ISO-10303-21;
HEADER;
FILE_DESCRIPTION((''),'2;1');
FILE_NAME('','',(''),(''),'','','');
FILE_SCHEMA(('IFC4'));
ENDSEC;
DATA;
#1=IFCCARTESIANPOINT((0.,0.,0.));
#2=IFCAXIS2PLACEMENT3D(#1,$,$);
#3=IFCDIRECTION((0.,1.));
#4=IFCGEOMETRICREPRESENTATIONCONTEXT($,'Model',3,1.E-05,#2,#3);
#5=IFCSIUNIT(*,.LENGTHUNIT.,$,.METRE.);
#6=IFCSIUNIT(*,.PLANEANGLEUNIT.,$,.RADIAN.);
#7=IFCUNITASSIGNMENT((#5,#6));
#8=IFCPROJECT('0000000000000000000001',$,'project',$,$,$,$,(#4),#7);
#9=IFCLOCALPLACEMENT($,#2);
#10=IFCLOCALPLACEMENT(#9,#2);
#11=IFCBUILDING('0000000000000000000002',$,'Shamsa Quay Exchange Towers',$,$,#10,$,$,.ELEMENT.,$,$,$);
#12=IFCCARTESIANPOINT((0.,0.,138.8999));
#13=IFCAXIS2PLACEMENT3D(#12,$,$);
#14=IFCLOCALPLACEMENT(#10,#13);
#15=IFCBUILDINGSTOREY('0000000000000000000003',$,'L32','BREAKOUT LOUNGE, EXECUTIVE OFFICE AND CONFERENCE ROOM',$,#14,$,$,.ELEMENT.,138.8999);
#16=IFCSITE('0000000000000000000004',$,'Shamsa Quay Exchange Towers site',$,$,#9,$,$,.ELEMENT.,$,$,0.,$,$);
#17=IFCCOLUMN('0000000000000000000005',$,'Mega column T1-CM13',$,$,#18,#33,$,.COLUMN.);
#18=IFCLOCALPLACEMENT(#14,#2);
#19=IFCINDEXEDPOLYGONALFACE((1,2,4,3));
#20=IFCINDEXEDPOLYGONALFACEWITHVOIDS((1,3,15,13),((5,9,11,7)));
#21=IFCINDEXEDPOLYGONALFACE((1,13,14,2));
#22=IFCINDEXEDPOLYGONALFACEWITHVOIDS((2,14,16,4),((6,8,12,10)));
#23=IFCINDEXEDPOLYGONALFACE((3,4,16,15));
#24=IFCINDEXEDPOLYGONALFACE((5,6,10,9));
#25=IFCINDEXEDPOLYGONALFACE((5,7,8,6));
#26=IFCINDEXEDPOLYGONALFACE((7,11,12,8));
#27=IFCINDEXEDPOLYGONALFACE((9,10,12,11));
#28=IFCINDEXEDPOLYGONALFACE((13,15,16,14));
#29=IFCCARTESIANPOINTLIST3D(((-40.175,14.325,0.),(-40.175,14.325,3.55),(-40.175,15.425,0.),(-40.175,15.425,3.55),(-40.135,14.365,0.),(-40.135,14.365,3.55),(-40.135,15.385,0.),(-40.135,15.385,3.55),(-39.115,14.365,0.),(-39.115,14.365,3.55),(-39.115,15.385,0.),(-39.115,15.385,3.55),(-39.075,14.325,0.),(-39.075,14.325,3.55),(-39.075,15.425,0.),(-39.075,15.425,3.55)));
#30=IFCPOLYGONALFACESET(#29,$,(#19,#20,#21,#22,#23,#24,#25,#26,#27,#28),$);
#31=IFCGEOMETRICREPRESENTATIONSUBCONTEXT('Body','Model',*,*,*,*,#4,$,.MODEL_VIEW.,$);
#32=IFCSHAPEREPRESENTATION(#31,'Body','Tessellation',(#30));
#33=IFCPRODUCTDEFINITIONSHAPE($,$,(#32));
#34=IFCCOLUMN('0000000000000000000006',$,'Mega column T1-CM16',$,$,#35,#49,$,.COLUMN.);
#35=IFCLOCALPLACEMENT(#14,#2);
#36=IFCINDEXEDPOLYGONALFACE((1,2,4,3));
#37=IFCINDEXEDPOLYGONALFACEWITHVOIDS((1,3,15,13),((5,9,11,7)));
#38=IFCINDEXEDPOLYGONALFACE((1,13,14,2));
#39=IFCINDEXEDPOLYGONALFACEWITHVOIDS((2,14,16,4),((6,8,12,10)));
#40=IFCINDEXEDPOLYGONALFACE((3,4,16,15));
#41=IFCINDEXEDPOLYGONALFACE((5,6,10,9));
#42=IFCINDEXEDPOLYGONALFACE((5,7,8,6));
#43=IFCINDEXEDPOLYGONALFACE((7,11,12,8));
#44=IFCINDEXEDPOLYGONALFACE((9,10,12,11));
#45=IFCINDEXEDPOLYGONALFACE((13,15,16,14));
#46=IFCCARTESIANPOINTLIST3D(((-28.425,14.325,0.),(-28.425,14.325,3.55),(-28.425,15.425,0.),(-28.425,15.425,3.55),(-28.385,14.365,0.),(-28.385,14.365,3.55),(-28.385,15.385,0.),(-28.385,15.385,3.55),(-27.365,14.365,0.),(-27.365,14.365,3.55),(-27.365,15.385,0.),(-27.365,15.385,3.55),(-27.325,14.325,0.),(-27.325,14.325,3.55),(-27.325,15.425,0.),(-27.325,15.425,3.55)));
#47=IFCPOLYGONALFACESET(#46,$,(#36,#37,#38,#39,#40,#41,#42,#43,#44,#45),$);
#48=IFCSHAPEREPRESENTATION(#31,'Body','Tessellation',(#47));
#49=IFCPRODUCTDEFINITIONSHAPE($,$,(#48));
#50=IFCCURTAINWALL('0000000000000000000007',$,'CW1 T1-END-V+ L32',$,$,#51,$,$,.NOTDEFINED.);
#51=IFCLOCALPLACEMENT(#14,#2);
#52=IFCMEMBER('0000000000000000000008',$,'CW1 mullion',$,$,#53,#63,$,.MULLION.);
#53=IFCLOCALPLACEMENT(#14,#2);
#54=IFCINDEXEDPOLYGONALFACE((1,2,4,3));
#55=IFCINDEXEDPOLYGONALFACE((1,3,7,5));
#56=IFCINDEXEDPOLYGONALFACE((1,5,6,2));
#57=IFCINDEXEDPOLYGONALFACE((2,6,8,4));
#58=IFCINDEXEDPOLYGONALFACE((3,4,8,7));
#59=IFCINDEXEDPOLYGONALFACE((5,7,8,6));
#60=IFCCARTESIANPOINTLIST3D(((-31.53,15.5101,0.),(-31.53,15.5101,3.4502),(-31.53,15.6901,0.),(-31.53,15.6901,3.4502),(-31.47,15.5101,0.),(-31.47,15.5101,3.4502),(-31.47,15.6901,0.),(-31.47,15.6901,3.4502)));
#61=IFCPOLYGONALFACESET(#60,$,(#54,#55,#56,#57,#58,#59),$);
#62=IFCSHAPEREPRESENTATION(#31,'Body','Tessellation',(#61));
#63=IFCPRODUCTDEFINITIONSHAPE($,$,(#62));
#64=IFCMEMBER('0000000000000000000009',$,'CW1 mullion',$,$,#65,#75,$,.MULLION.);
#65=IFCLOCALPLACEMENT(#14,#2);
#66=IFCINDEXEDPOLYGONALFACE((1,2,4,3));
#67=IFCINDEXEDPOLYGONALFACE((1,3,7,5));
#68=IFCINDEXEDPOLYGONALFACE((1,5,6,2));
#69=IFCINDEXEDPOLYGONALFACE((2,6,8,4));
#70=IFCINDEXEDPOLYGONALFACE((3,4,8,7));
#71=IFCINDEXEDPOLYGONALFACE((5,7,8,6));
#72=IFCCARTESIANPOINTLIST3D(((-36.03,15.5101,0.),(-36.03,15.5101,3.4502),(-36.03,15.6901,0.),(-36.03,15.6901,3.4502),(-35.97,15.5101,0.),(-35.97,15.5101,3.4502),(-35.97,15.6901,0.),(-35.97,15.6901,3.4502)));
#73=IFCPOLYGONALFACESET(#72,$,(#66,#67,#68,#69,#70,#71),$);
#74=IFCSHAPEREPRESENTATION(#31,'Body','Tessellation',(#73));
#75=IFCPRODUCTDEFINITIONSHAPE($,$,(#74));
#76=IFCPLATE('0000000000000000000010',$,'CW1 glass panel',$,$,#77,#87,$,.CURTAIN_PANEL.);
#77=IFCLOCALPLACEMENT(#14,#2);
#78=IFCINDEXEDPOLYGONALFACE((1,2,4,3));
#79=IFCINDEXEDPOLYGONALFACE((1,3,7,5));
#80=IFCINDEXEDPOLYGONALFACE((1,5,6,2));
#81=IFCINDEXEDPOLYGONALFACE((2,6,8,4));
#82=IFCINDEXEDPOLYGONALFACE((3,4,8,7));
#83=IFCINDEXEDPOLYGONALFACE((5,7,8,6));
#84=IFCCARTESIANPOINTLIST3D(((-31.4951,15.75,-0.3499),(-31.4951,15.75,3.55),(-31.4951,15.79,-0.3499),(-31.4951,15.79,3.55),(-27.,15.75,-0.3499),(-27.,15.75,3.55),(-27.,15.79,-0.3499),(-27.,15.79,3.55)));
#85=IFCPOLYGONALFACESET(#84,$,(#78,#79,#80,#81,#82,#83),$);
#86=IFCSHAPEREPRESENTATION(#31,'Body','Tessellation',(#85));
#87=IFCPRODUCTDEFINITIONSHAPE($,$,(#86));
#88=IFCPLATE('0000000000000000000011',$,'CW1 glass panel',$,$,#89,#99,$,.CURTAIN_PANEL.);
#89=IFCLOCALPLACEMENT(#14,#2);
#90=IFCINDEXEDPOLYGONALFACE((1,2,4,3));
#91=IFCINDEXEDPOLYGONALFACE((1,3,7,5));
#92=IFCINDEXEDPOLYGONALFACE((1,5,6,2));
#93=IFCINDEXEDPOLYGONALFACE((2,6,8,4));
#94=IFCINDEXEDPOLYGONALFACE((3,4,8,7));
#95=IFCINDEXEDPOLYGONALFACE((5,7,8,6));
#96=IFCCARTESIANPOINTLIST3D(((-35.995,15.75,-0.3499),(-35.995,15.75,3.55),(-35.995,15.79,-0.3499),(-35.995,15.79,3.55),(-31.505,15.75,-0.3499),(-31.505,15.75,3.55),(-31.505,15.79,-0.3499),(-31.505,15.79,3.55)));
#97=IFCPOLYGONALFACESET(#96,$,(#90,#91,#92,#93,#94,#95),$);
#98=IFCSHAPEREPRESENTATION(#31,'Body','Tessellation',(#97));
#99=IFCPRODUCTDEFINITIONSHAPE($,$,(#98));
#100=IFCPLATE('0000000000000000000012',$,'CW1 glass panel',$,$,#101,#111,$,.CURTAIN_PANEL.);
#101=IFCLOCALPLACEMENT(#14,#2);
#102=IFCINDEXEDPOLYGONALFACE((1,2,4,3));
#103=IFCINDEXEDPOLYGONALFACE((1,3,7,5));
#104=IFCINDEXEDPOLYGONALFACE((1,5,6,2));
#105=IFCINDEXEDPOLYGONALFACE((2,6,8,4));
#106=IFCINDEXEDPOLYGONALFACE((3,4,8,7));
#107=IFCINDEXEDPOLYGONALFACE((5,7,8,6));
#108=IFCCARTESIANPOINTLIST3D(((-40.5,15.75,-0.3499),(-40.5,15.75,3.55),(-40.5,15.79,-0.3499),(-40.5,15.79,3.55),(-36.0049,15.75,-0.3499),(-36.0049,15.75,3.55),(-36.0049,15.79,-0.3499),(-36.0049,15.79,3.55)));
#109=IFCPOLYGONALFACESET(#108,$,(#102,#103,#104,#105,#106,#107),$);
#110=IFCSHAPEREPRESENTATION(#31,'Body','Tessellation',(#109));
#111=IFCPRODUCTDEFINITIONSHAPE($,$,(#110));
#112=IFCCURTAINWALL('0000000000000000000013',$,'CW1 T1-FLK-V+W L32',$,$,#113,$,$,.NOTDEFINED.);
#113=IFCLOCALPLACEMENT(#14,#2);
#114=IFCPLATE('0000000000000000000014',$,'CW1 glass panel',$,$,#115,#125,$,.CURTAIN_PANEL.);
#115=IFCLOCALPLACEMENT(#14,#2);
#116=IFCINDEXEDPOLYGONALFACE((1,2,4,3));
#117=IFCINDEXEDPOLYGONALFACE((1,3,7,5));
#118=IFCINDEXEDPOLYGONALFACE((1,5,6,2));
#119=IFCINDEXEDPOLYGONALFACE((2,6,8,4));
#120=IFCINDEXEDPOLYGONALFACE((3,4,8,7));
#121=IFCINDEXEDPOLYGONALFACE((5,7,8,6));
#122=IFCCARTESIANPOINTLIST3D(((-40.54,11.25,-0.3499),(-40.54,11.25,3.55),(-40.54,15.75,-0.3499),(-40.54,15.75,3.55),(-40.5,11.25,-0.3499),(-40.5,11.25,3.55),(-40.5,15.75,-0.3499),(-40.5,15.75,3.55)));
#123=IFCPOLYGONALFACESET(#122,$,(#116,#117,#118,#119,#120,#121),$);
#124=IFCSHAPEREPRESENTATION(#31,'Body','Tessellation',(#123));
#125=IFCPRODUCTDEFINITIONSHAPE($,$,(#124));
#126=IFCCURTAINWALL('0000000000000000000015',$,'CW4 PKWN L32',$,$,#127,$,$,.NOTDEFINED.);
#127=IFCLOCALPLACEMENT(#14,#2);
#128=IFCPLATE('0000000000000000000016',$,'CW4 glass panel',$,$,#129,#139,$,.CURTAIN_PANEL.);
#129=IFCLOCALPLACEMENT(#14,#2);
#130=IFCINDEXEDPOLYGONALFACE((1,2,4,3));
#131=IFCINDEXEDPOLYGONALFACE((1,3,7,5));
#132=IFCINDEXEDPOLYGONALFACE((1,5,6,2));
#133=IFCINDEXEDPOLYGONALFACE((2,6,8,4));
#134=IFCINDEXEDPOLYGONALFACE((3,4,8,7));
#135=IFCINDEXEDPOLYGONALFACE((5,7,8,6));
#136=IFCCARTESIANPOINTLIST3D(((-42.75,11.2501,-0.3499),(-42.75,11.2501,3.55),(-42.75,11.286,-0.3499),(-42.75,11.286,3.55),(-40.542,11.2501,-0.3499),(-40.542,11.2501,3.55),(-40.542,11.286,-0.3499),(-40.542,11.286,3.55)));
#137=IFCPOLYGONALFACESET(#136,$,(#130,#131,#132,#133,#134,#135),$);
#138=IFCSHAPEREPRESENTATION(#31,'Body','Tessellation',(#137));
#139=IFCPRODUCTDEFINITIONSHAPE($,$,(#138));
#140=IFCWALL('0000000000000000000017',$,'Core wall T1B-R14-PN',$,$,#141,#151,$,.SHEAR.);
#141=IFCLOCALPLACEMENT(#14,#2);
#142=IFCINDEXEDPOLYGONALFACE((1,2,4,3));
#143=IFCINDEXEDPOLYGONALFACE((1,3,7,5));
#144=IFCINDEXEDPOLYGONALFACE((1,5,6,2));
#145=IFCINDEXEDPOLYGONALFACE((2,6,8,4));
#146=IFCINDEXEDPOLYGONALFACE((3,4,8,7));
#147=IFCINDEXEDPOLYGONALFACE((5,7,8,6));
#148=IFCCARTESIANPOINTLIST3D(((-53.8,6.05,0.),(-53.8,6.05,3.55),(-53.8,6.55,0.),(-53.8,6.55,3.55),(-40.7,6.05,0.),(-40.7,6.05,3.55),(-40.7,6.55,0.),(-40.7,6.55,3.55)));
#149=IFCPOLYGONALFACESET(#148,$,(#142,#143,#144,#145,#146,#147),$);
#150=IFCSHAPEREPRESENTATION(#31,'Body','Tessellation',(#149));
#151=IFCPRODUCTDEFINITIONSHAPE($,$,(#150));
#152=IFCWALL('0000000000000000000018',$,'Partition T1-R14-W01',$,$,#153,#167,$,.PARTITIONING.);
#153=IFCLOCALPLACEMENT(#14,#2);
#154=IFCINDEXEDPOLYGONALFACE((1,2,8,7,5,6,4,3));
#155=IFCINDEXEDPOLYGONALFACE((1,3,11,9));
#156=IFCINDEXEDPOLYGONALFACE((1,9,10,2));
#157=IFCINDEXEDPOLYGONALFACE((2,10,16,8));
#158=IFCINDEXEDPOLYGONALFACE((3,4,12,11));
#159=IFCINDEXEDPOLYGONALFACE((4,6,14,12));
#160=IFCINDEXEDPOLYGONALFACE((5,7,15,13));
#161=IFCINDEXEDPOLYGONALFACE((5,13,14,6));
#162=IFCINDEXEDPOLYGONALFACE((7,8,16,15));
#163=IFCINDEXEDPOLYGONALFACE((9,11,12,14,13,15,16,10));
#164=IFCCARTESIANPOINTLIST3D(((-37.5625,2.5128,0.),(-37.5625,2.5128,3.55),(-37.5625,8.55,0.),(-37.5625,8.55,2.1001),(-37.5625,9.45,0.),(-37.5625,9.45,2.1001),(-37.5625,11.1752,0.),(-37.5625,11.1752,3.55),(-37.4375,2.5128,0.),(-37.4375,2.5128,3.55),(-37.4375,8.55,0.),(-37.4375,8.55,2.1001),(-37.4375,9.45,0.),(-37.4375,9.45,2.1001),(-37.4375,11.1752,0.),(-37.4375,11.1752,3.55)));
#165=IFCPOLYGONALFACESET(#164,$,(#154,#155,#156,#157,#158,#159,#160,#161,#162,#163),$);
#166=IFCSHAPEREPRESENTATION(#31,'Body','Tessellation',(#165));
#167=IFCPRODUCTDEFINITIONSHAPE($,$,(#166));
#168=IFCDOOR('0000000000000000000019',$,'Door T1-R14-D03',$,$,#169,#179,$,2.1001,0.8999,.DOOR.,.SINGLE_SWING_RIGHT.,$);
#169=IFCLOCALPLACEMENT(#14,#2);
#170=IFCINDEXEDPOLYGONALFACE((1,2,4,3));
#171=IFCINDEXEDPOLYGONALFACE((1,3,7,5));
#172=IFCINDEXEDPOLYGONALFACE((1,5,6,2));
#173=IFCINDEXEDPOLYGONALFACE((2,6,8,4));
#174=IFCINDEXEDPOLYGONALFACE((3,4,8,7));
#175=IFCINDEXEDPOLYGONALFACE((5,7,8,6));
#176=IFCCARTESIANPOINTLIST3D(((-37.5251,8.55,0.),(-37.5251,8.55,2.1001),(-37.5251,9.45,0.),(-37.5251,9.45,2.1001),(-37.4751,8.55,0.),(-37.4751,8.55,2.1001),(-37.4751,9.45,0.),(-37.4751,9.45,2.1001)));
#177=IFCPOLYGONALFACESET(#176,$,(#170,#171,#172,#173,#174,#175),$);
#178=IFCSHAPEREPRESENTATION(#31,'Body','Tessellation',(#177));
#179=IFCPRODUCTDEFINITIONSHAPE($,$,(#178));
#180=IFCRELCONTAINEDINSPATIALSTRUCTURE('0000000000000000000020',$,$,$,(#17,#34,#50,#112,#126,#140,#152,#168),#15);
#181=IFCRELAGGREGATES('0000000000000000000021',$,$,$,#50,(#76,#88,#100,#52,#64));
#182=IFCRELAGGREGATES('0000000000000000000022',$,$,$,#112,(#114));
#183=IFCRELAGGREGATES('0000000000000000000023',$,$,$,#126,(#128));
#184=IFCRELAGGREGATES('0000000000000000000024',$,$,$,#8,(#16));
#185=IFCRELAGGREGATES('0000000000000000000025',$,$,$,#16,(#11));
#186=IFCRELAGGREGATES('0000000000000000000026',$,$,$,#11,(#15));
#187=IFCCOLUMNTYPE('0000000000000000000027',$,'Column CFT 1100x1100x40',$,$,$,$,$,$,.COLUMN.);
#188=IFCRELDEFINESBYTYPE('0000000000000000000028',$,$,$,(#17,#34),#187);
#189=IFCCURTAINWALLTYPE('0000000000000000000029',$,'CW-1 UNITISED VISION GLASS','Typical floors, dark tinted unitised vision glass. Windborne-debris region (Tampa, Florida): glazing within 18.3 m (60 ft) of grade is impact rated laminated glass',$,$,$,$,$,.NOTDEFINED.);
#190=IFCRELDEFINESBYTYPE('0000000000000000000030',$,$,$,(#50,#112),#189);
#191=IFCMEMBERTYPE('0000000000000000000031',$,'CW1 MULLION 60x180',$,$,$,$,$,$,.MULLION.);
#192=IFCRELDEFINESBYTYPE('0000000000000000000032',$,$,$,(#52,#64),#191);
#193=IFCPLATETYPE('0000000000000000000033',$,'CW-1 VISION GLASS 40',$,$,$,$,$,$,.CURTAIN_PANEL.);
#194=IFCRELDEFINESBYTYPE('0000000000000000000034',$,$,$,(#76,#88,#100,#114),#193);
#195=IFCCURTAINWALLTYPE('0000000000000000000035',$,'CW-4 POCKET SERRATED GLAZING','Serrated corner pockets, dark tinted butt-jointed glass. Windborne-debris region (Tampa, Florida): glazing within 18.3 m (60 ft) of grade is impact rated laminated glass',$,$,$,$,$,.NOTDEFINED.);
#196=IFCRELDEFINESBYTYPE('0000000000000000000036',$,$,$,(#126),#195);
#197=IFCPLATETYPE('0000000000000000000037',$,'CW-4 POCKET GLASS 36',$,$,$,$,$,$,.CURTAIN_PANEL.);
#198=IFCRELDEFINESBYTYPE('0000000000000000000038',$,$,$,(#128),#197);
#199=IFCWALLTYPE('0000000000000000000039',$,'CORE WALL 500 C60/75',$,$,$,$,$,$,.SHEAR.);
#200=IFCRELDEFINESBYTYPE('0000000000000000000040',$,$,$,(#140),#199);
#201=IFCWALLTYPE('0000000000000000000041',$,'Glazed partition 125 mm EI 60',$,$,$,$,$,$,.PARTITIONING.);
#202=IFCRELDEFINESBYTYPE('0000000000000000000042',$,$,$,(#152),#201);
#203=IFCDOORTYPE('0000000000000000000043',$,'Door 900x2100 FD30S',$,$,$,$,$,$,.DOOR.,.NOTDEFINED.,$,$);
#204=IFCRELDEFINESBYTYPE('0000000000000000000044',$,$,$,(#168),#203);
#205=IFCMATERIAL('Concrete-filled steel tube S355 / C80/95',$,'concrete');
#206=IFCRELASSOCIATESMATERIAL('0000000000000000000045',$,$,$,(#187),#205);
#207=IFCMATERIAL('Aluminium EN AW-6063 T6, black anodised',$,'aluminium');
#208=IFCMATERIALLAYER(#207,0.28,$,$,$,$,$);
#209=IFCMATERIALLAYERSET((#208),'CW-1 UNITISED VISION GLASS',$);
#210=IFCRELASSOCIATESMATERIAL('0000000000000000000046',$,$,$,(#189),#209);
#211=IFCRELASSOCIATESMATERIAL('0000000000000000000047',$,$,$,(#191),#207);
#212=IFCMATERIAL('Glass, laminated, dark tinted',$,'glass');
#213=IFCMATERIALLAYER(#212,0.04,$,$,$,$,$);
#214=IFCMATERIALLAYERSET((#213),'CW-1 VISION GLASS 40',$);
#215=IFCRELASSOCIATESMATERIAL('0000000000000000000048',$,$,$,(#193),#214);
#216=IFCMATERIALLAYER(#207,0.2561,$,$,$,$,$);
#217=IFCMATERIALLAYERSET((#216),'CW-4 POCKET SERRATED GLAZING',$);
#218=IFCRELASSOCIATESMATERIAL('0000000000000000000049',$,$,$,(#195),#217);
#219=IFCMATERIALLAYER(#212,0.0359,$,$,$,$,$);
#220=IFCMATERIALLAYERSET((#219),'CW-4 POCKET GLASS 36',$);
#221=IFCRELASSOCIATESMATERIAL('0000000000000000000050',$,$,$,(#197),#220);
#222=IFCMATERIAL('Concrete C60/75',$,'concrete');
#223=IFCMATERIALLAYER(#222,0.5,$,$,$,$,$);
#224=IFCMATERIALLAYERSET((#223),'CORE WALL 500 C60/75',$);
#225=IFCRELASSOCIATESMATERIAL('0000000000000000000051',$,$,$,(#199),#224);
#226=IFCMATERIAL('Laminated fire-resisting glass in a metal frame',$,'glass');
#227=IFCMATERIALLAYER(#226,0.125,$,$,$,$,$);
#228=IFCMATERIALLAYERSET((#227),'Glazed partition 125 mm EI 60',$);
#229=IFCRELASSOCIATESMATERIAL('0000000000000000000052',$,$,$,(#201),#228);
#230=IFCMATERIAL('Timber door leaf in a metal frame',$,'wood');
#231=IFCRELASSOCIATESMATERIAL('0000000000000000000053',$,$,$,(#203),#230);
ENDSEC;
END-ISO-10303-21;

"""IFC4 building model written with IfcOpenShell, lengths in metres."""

from ifc_helpers import new_model, si_unit, direction, frame, frame_2d, origin, origin_2d, place, context, subcontext, project, spatial, rectangle, hollow_rectangle, extrude, material, layer, layer_set, material_profile, profile_set, type_object, element, fill, aggregate, save


model = new_model("IFC4")

# Units and contexts
model_context = context("Model", 3, precision=1e-05, world=origin(), true_north=direction((0.0, 1.0)))
body_context = subcontext(model_context, "Body", "Model", "MODEL_VIEW")
ifc_project = project(units=[si_unit("LENGTHUNIT", "METRE"), si_unit("PLANEANGLEUNIT", "RADIAN")], contexts=[model_context])

# Site, building, storey
site_placement = place(None, origin())
site = spatial("IfcSite", under=ifc_project, at=site_placement, Name="Shamsa Quay Exchange Towers site", CompositionType="ELEMENT", RefElevation=0.0)
building_placement = place(site_placement, origin())
building = spatial("IfcBuilding", under=site, at=building_placement, Name="Shamsa Quay Exchange Towers", CompositionType="ELEMENT")
storey_placement = place(building_placement, frame((0.0, 0.0, 138.8999)))
storey = spatial("IfcBuildingStorey", under=building, at=storey_placement, Name="L32", Description="BREAKOUT LOUNGE, EXECUTIVE OFFICE AND CONFERENCE ROOM", CompositionType="ELEMENT", Elevation=138.8999)

# Columns
ifc_material_1 = material(Name="Concrete-filled steel tube S355 / C80/95", Category="concrete")
ifc_material_profile_1 = material_profile(ifc_material_1, hollow_rectangle(XDim=1.1001, YDim=1.1001, WallThickness=0.04, at=origin_2d()), Name="CFT 1100x1100x40")
ifc_profile_set_1 = profile_set([ifc_material_profile_1], Name="Concrete-filled steel tube S355 / C80/95")
column_type = type_object("IfcColumnType", Name="Column CFT 1100x1100x40", PredefinedType="COLUMN", material=ifc_profile_set_1)
for number, where, name in (
    (1, (-39.625, 14.875, 0.0), "Mega column T1-CM13"),
    (2, (-27.875, 14.875, 0.0), "Mega column T1-CM16"),
):
    element("IfcColumn", number, at=place(storey_placement, frame(where)), inside=storey, type_object=column_type, Name=name, PredefinedType="COLUMN", context=body_context, shape_type="SweptSolid", body=[
        extrude(hollow_rectangle(XDim=1.1001, YDim=1.1001, WallThickness=0.04, at=origin_2d()), origin(), (0.0, 0.0, 1.0), 3.55),
    ])

# Curtain wall, members, plates
ifc_material_2 = material(Name="Aluminium EN AW-6063 T6, black anodised", Category="aluminium")
ifc_layer_1 = layer(ifc_material_2, 0.28)
ifc_layer_set_1 = layer_set([ifc_layer_1], Name="CW-1 UNITISED VISION GLASS")
curtain_wall_type_1 = type_object("IfcCurtainWallType", Name="CW-1 UNITISED VISION GLASS", Description="Typical floors, dark tinted unitised vision glass. Windborne-debris region (Tampa, Florida): glazing within 18.3 m (60 ft) of grade is impact rated laminated glass", PredefinedType="NOTDEFINED", material=ifc_layer_set_1)
curtain_wall_1_placement = place(storey_placement, origin())
curtain_wall_1 = element("IfcCurtainWall", 3, at=curtain_wall_1_placement, inside=storey, type_object=curtain_wall_type_1, Name="CW1 T1-END-V+ L32", PredefinedType="NOTDEFINED")
ifc_material_profile_2 = material_profile(ifc_material_2, rectangle(XDim=0.1799, YDim=0.0601, at=origin_2d()), Name="MU60x180")
ifc_profile_set_2 = profile_set([ifc_material_profile_2], Name="Aluminium EN AW-6063 T6, black anodised")
member_type = type_object("IfcMemberType", Name="CW1 MULLION 60x180", PredefinedType="MULLION", material=ifc_profile_set_2)
member_1_placement = place(storey_placement, frame((-31.5, 15.6001, 0.0), z_axis=(0.0, 0.0, 1.0), x_axis=(0.0, -1.0, 0.0)))
member_1 = element("IfcMember", 4, at=member_1_placement, type_object=member_type, Name="CW1 mullion", PredefinedType="MULLION", context=body_context, shape_type="SweptSolid", body=[
    extrude(rectangle(XDim=0.1799, YDim=0.0601, at=origin_2d()), origin(), (0.0, 0.0, 1.0), 3.4502),
])
member_2_placement = place(storey_placement, frame((-36.0, 15.6001, 0.0), z_axis=(0.0, 0.0, 1.0), x_axis=(0.0, -1.0, 0.0)))
member_2 = element("IfcMember", 5, at=member_2_placement, type_object=member_type, Name="CW1 mullion", PredefinedType="MULLION", context=body_context, shape_type="SweptSolid", body=[
    extrude(rectangle(XDim=0.1799, YDim=0.0601, at=origin_2d()), origin(), (0.0, 0.0, 1.0), 3.4502),
])
ifc_material_3 = material(Name="Glass, laminated, dark tinted", Category="glass")
ifc_layer_2 = layer(ifc_material_3, 0.04)
ifc_layer_set_2 = layer_set([ifc_layer_2], Name="CW-1 VISION GLASS 40")
plate_type_1 = type_object("IfcPlateType", Name="CW-1 VISION GLASS 40", PredefinedType="CURTAIN_PANEL", material=ifc_layer_set_2)
plate_1_placement = place(storey_placement, frame((-29.2476, 15.77, -0.3499), z_axis=(0.0, 0.0, 1.0), x_axis=(-1.0, 0.0, 0.0)))
plate_1 = element("IfcPlate", 6, at=plate_1_placement, type_object=plate_type_1, Name="CW1 glass panel", PredefinedType="CURTAIN_PANEL", context=body_context, shape_type="SweptSolid", body=[
    extrude(rectangle(XDim=4.4951, YDim=0.04, at=origin_2d()), origin(), (0.0, 0.0, 1.0), 3.8999),
])
plate_2_placement = place(storey_placement, frame((-33.75, 15.77, -0.3499), z_axis=(0.0, 0.0, 1.0), x_axis=(-1.0, 0.0, 0.0)))
plate_2 = element("IfcPlate", 7, at=plate_2_placement, type_object=plate_type_1, Name="CW1 glass panel", PredefinedType="CURTAIN_PANEL", context=body_context, shape_type="SweptSolid", body=[
    extrude(rectangle(XDim=4.49, YDim=0.04, at=origin_2d()), origin(), (0.0, 0.0, 1.0), 3.8999),
])
plate_3_placement = place(storey_placement, frame((-38.2524, 15.77, -0.3499), z_axis=(0.0, 0.0, 1.0), x_axis=(-1.0, 0.0, 0.0)))
plate_3 = element("IfcPlate", 8, at=plate_3_placement, type_object=plate_type_1, Name="CW1 glass panel", PredefinedType="CURTAIN_PANEL", context=body_context, shape_type="SweptSolid", body=[
    extrude(rectangle(XDim=4.4951, YDim=0.04, at=origin_2d()), origin(), (0.0, 0.0, 1.0), 3.8999),
])
aggregate(curtain_wall_1, [plate_1, plate_2, plate_3, member_1, member_2])

# Curtain walls, plates
curtain_wall_2_placement = place(storey_placement, origin())
curtain_wall_2 = element("IfcCurtainWall", 9, at=curtain_wall_2_placement, inside=storey, type_object=curtain_wall_type_1, Name="CW1 T1-FLK-V+W L32", PredefinedType="NOTDEFINED")
plate_4_placement = place(storey_placement, frame((-40.52, 13.5, -0.3499), z_axis=(0.0, 0.0, 1.0), x_axis=(0.0, -1.0, 0.0)))
plate_4 = element("IfcPlate", 10, at=plate_4_placement, type_object=plate_type_1, Name="CW1 glass panel", PredefinedType="CURTAIN_PANEL", context=body_context, shape_type="SweptSolid", body=[
    extrude(rectangle(XDim=4.5, YDim=0.04, at=origin_2d()), origin(), (0.0, 0.0, 1.0), 3.8999),
])
aggregate(curtain_wall_2, [plate_4])
ifc_layer_3 = layer(ifc_material_2, 0.2561)
ifc_layer_set_3 = layer_set([ifc_layer_3], Name="CW-4 POCKET SERRATED GLAZING")
curtain_wall_type_2 = type_object("IfcCurtainWallType", Name="CW-4 POCKET SERRATED GLAZING", Description="Serrated corner pockets, dark tinted butt-jointed glass. Windborne-debris region (Tampa, Florida): glazing within 18.3 m (60 ft) of grade is impact rated laminated glass", PredefinedType="NOTDEFINED", material=ifc_layer_set_3)
curtain_wall_3_placement = place(storey_placement, origin())
curtain_wall_3 = element("IfcCurtainWall", 11, at=curtain_wall_3_placement, inside=storey, type_object=curtain_wall_type_2, Name="CW4 PKWN L32", PredefinedType="NOTDEFINED")
ifc_layer_4 = layer(ifc_material_3, 0.0359)
ifc_layer_set_4 = layer_set([ifc_layer_4], Name="CW-4 POCKET GLASS 36")
plate_type_2 = type_object("IfcPlateType", Name="CW-4 POCKET GLASS 36", PredefinedType="CURTAIN_PANEL", material=ifc_layer_set_4)
plate_5_placement = place(storey_placement, frame((-41.646, 11.2681, -0.3499), z_axis=(0.0, 0.0, 1.0), x_axis=(-1.0, 0.0, 0.0)))
plate_5 = element("IfcPlate", 12, at=plate_5_placement, type_object=plate_type_2, Name="CW4 glass panel", PredefinedType="CURTAIN_PANEL", context=body_context, shape_type="SweptSolid", body=[
    extrude(rectangle(XDim=2.208, YDim=0.0359, at=origin_2d()), origin(), (0.0, 0.0, 1.0), 3.8999),
])
aggregate(curtain_wall_3, [plate_5])

# Wall
ifc_material_4 = material(Name="Concrete C60/75", Category="concrete")
ifc_layer_5 = layer(ifc_material_4, 0.5)
ifc_layer_set_5 = layer_set([ifc_layer_5], Name="CORE WALL 500 C60/75")
wall_type_1 = type_object("IfcWallType", Name="CORE WALL 500 C60/75", PredefinedType="SHEAR", material=ifc_layer_set_5)
wall_1_placement = place(storey_placement, frame((-40.7, 6.3, 0.0), z_axis=(0.0, 0.0, 1.0), x_axis=(-1.0, 0.0, 0.0)))
element("IfcWall", 13, at=wall_1_placement, inside=storey, type_object=wall_type_1, Name="Core wall T1B-R14-PN", PredefinedType="SHEAR", context=body_context, shape_type="SweptSolid", body=[
    extrude(rectangle(XDim=13.1001, YDim=0.5, at=frame_2d((6.55, 0.0))), origin(), (0.0, 0.0, 1.0), 3.55),
])

# Wall, opening, door
ifc_material_5 = material(Name="Laminated fire-resisting glass in a metal frame", Category="glass")
ifc_layer_6 = layer(ifc_material_5, 0.125)
ifc_layer_set_6 = layer_set([ifc_layer_6], Name="Glazed partition 125 mm EI 60")
wall_type_2 = type_object("IfcWallType", Name="Glazed partition 125 mm EI 60", PredefinedType="PARTITIONING", material=ifc_layer_set_6)
wall_2_placement = place(storey_placement, frame((-37.5, 11.175, 0.0), z_axis=(0.0, 0.0, 1.0), x_axis=(0.0, -1.0, 0.0)))
wall_2 = element("IfcWall", 14, at=wall_2_placement, inside=storey, type_object=wall_type_2, Name="Partition T1-R14-W01", PredefinedType="PARTITIONING", context=body_context, shape_type="SweptSolid", body=[
    extrude(rectangle(XDim=8.6624, YDim=0.125, at=frame_2d((4.3311, 0.0))), origin(), (0.0, 0.0, 1.0), 3.55),
])
opening_1_placement = place(wall_2_placement, frame((1.7251, 0.0, 0.0)))
opening_1 = element("IfcOpeningElement", 15, at=opening_1_placement, cuts=wall_2, PredefinedType="OPENING", context=body_context, shape_type="SweptSolid", body=[
    extrude(rectangle(XDim=0.8999, YDim=2.1001, at=frame_2d((0.45, 1.05))), frame((0.0, 0.0725, 0.0), z_axis=(0.0, -1.0, 0.0), x_axis=(1.0, 0.0, 0.0)), (0.0, 0.0, 1.0), 0.145),
])
ifc_material_6 = material(Name="Timber door leaf in a metal frame", Category="wood")
door_type_1 = type_object("IfcDoorType", Name="Door 900x2100 FD30S", OperationType="NOTDEFINED", PredefinedType="DOOR", material=ifc_material_6)
door_1_placement = place(opening_1_placement, origin())
door_1 = element("IfcDoor", 16, at=door_1_placement, inside=storey, type_object=door_type_1, Name="Door T1-R14-D03", OperationType="SINGLE_SWING_RIGHT", OverallHeight=2.1001, OverallWidth=0.8999, PredefinedType="DOOR", context=body_context, shape_type="SweptSolid", body=[
    extrude(rectangle(XDim=0.8999, YDim=2.1001, at=frame_2d((0.45, 1.05))), frame((0.0, 0.0249, 0.0), z_axis=(0.0, -1.0, 0.0), x_axis=(1.0, 0.0, 0.0)), (0.0, 0.0, 1.0), 0.05),
])
fill(opening_1, door_1)

save(model, "model.ifc")
